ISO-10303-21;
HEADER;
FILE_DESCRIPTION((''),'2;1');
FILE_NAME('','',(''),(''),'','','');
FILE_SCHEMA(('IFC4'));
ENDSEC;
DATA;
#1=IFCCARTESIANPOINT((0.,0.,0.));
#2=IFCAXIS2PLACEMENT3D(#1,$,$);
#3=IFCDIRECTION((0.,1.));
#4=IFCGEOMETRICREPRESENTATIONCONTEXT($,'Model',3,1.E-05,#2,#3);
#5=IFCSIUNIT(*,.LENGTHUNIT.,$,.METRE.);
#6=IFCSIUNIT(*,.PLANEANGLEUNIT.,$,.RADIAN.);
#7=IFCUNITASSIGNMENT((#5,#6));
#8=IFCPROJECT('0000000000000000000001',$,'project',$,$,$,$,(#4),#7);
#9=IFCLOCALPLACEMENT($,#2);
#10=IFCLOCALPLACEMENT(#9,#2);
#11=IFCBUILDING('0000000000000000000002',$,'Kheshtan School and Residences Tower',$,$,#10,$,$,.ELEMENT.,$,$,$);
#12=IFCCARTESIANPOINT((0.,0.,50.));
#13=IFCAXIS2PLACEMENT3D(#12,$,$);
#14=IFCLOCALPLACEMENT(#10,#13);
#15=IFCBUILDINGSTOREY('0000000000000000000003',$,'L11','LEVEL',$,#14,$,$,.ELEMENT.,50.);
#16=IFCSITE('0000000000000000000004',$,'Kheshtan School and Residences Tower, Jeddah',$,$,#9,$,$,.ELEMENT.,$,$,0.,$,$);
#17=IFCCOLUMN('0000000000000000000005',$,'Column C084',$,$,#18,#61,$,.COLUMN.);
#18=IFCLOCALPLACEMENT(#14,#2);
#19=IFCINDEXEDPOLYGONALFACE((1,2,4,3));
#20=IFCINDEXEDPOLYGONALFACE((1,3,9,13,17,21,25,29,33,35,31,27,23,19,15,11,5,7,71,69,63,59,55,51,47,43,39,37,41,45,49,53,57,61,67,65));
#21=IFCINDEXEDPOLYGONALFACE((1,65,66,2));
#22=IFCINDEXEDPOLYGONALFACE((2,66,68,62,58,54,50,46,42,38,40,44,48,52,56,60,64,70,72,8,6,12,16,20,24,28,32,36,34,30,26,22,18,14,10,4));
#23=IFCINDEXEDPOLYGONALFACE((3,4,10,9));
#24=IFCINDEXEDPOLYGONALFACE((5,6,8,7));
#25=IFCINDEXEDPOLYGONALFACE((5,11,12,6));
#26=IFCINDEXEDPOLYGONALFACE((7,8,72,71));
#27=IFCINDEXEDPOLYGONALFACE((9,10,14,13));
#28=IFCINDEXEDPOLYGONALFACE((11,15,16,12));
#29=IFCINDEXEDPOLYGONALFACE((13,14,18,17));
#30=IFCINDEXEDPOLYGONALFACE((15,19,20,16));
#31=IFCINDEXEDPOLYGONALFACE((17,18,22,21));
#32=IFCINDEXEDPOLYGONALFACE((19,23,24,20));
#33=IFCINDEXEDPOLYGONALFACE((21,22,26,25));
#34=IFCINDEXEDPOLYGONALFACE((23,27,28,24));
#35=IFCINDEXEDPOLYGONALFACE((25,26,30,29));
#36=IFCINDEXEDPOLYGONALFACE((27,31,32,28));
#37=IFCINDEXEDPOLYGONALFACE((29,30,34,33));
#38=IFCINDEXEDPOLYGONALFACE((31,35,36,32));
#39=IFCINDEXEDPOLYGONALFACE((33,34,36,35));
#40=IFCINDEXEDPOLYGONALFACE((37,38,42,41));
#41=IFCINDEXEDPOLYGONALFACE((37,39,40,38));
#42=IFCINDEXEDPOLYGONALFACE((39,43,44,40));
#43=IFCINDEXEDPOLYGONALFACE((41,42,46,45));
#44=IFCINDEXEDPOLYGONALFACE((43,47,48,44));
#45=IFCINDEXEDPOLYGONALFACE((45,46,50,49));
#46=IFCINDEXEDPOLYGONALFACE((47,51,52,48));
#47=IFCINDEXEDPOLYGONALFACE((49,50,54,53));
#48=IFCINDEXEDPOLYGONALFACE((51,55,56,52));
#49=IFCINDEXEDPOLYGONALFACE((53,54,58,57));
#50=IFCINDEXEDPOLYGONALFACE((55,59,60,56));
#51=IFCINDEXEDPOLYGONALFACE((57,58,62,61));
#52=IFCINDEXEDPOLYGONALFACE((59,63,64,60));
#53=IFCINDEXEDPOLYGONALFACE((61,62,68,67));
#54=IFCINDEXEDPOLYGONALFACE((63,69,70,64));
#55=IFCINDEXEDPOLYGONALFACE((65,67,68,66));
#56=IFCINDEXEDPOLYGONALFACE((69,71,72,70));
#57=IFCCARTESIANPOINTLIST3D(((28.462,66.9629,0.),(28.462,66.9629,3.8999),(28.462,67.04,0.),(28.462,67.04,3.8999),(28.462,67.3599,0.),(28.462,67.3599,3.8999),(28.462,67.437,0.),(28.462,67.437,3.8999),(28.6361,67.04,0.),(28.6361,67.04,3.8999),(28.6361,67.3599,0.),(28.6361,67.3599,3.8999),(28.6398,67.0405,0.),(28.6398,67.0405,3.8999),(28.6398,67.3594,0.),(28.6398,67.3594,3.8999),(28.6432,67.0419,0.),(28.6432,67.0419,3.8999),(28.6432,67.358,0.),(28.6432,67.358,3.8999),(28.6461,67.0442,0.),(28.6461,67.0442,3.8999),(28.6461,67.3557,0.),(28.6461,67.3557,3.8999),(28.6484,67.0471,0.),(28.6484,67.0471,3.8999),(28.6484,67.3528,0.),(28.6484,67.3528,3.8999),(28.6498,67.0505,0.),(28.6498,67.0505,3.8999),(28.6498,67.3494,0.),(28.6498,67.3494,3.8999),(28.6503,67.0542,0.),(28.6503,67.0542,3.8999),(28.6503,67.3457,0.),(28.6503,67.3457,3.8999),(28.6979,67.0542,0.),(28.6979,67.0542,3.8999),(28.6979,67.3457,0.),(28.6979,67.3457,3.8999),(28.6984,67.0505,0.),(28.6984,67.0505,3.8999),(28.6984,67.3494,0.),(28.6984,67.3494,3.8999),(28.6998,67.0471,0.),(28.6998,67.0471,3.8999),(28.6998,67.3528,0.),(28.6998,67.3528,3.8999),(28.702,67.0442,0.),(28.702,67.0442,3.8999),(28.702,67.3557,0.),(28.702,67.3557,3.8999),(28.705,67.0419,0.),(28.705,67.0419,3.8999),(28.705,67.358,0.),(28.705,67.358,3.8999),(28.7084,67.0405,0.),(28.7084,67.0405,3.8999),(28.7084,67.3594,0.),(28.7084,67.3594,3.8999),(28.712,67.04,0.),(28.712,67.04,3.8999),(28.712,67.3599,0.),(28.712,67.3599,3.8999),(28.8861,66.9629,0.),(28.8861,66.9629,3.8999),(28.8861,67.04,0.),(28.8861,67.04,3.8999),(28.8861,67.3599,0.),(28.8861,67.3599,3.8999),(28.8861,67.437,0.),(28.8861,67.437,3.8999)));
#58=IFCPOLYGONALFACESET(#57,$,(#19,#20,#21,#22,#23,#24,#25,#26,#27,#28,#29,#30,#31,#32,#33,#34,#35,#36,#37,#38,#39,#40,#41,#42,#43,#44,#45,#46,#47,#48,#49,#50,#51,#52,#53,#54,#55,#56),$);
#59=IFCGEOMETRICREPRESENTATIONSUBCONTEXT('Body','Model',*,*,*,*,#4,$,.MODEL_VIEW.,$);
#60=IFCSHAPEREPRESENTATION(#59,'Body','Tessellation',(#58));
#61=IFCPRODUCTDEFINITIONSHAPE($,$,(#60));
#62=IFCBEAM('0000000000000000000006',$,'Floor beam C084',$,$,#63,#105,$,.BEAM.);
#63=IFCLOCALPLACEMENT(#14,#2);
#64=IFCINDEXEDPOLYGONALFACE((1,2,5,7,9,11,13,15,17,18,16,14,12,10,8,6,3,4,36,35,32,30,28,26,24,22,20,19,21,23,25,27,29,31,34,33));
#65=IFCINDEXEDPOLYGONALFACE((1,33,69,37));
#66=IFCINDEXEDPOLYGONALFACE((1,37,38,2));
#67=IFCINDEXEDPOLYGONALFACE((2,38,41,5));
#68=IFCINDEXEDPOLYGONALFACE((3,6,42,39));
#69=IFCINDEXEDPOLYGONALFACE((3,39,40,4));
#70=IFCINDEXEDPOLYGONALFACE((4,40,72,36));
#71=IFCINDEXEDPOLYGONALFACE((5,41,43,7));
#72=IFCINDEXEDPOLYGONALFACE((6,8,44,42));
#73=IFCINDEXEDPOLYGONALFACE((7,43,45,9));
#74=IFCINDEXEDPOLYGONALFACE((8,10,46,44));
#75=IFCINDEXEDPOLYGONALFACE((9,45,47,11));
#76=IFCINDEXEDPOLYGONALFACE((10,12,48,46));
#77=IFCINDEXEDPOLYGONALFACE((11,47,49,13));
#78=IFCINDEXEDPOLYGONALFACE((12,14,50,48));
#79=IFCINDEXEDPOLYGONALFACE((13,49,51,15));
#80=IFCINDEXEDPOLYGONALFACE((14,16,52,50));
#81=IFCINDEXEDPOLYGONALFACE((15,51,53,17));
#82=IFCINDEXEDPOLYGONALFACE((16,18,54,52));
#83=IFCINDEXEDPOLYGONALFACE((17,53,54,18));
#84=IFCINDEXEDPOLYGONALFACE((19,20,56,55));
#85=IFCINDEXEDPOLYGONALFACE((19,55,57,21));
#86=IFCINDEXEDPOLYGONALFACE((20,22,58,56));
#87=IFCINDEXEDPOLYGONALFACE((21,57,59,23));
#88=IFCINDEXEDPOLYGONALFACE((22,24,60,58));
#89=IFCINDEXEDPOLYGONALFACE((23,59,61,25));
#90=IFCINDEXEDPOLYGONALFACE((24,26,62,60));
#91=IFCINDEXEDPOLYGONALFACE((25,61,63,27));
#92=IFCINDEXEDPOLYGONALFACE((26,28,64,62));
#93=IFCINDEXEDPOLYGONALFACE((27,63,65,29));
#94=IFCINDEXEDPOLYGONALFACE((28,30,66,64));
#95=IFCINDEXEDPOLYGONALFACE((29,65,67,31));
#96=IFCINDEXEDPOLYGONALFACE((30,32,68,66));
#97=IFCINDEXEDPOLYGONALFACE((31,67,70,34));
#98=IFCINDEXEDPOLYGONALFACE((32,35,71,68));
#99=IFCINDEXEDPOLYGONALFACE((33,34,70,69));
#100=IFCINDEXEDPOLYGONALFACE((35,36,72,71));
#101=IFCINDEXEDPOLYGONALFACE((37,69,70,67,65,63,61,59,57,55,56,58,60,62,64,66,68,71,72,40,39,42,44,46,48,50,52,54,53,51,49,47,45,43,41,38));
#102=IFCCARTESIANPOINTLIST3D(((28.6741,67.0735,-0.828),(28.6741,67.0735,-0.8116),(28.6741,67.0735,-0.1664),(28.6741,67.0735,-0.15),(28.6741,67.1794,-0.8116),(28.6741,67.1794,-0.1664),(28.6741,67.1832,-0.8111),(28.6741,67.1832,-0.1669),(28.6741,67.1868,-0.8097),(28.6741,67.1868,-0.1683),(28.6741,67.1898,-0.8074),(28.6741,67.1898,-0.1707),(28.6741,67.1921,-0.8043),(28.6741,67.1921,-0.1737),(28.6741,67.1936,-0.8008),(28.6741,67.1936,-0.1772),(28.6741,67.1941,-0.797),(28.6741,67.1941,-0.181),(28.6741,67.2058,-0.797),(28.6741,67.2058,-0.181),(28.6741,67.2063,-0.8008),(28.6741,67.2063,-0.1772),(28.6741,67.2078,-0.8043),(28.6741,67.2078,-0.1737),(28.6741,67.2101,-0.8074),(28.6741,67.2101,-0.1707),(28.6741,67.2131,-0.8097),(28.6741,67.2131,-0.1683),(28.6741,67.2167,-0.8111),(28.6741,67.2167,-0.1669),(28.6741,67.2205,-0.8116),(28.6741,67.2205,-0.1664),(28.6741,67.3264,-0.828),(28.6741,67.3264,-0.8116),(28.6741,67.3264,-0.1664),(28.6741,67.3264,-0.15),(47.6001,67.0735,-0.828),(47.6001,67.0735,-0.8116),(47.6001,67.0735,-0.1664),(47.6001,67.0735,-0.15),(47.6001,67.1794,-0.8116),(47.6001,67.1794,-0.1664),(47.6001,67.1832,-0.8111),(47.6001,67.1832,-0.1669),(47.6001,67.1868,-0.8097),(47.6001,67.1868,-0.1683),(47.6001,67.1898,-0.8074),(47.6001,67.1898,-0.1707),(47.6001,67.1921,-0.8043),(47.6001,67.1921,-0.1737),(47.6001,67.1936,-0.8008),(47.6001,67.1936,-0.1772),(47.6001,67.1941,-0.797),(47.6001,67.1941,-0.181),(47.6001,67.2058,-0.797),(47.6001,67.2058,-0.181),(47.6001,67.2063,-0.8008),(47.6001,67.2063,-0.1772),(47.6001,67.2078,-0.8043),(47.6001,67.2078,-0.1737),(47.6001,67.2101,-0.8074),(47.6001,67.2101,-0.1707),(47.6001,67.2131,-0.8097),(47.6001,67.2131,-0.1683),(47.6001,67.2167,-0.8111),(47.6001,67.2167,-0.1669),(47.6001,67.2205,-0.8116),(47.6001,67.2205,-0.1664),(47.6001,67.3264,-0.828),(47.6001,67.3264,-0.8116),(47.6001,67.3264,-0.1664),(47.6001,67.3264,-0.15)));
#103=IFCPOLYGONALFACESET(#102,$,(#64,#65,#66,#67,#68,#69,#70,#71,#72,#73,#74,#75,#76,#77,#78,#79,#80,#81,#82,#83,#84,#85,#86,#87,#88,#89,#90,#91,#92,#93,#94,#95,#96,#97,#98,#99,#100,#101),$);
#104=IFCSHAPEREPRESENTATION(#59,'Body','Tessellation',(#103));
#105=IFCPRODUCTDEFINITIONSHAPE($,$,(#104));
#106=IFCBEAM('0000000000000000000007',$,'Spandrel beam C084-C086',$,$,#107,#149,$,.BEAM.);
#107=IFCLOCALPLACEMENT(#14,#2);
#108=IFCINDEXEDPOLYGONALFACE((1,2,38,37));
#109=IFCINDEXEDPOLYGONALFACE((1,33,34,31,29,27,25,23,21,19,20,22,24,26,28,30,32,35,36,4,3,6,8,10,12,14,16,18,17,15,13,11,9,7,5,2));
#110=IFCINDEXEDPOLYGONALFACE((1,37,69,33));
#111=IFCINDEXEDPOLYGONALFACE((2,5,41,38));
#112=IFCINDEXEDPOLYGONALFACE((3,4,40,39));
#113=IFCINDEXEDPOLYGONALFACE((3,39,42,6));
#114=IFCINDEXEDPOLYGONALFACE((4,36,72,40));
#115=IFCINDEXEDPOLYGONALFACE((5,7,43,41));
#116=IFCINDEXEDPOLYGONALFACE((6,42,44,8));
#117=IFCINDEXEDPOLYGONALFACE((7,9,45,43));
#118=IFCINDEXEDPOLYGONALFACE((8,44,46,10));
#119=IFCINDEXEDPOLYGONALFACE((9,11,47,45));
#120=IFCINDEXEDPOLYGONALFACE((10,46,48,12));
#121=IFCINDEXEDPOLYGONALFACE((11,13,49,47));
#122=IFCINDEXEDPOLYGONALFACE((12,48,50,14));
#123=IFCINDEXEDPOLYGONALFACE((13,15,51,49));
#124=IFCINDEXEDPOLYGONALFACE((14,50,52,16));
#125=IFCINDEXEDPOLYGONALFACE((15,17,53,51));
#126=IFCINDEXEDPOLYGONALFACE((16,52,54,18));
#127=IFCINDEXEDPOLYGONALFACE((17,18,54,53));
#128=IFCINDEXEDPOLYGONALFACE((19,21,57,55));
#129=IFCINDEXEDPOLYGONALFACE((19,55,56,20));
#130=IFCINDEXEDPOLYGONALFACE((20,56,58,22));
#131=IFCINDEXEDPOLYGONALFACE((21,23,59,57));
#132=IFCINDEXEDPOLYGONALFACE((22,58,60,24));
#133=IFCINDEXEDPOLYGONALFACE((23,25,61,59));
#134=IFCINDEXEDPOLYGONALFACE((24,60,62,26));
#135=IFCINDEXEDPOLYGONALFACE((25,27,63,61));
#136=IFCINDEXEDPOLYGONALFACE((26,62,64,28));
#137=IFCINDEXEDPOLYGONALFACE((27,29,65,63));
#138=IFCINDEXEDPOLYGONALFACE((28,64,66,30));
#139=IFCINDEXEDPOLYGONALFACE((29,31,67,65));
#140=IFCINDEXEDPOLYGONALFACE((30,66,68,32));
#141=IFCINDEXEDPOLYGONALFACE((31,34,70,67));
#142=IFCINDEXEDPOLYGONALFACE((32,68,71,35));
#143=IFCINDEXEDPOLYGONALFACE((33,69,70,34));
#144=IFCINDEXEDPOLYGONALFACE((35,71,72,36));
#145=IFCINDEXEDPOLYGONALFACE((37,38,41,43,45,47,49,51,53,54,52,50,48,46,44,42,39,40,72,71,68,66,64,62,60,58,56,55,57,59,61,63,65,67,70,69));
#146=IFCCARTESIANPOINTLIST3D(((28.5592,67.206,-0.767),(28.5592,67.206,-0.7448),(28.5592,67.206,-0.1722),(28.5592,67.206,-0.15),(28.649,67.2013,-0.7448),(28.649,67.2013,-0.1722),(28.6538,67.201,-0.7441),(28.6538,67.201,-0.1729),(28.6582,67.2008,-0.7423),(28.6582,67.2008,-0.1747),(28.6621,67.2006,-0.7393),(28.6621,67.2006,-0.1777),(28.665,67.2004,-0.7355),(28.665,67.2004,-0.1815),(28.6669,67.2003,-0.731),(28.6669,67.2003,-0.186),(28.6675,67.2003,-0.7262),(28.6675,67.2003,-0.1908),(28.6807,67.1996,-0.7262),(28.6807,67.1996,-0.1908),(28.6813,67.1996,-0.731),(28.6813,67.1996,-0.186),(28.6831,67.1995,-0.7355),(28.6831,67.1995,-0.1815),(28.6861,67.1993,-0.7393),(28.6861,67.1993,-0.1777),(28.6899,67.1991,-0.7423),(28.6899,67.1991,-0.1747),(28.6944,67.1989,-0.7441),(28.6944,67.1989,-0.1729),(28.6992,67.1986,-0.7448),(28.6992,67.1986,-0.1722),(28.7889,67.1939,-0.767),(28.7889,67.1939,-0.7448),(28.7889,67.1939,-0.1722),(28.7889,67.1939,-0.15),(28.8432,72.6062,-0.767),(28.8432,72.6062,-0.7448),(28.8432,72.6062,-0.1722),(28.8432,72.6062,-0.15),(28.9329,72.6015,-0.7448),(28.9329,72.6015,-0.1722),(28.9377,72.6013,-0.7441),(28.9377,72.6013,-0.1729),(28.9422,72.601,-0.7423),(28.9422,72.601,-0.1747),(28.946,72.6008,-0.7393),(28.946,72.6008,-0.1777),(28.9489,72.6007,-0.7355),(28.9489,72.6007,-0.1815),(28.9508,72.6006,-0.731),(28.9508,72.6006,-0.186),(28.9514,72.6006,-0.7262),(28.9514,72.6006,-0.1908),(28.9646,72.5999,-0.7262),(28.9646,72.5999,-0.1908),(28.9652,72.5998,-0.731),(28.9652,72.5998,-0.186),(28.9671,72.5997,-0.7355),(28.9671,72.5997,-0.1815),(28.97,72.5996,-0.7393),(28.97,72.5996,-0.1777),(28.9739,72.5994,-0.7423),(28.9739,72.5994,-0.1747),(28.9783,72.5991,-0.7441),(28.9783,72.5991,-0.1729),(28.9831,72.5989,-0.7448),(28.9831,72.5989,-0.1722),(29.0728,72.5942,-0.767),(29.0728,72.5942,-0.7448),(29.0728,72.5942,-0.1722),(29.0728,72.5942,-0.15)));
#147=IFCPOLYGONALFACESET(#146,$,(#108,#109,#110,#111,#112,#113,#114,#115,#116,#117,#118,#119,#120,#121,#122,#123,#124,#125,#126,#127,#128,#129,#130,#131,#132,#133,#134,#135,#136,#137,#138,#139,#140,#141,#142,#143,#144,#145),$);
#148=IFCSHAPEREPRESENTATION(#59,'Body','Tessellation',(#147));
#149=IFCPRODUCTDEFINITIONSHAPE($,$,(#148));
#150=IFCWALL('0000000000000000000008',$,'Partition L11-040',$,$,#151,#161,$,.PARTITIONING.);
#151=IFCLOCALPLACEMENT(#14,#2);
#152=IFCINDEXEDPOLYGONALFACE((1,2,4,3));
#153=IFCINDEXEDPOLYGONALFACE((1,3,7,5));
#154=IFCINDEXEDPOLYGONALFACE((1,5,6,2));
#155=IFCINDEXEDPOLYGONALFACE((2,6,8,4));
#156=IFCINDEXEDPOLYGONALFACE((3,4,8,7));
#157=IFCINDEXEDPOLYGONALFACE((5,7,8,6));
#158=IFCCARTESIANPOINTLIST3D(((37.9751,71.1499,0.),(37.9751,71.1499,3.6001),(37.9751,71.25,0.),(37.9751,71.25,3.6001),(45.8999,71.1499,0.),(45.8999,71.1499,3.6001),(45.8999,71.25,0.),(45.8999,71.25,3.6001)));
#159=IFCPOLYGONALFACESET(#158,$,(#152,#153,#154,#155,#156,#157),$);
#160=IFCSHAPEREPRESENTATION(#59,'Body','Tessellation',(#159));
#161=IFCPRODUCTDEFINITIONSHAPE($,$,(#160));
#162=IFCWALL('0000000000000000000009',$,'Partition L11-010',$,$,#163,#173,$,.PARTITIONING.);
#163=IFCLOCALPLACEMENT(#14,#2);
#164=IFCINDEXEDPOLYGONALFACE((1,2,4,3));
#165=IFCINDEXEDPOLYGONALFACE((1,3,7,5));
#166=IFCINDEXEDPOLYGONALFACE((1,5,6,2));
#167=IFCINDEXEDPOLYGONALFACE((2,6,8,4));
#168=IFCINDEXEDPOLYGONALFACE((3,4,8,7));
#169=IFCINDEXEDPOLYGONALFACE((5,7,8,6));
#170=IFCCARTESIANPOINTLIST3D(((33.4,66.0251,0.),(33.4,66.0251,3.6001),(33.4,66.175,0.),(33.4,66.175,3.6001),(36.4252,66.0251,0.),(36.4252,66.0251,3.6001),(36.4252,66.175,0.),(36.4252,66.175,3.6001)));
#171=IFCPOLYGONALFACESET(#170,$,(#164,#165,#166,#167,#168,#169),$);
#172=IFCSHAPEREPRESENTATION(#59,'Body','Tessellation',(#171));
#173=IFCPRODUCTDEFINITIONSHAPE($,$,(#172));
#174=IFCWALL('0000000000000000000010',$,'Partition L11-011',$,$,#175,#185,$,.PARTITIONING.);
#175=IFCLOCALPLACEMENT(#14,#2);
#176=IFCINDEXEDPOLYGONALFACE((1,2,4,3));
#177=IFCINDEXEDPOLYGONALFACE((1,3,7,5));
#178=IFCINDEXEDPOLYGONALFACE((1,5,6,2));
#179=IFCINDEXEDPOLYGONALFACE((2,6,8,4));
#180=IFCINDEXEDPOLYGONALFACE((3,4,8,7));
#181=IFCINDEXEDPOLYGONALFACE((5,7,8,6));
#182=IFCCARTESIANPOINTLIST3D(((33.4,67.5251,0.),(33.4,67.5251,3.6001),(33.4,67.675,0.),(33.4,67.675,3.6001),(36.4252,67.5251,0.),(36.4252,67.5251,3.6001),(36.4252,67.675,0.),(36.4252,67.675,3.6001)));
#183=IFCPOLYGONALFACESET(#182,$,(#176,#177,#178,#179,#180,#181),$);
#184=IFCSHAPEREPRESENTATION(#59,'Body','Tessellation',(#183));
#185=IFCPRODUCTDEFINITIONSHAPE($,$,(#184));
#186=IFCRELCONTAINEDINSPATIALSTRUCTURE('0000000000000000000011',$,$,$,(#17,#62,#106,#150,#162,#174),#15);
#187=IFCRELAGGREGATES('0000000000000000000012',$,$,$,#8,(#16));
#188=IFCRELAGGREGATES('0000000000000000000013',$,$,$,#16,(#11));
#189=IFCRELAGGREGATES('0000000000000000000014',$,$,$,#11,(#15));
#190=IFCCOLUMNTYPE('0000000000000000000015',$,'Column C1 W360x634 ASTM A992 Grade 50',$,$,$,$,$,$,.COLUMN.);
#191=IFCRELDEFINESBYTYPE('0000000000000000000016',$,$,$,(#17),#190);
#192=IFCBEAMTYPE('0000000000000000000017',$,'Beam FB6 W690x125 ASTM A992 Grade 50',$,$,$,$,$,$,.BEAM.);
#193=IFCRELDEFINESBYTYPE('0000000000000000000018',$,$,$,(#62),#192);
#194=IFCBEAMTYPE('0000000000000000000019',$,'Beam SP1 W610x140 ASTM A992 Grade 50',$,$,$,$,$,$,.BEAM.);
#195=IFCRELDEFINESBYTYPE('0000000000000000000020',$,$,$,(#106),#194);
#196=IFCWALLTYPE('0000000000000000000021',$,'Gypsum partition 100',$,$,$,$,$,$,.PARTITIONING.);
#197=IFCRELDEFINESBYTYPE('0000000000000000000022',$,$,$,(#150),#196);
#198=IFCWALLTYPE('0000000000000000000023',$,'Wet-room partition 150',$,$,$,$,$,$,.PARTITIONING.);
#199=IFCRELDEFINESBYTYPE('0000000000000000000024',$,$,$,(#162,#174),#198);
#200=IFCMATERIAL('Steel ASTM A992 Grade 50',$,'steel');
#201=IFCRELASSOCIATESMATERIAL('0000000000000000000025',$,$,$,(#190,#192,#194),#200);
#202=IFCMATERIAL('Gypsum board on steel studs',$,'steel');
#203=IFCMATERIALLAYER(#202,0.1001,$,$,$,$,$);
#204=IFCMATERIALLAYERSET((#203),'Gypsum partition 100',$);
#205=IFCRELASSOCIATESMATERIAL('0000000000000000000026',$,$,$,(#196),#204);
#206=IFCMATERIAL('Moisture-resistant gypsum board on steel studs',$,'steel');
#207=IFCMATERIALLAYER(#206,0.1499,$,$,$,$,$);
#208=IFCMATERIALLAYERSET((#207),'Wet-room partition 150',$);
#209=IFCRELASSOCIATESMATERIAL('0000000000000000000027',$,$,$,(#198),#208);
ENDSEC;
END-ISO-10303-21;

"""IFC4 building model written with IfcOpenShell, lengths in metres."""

from ifc_helpers import new_model, si_unit, direction, frame, frame_2d, origin, origin_2d, place, context, subcontext, project, spatial, rectangle, i_section, extrude, material, layer, layer_set, material_profile, profile_set, type_object, element, save


model = new_model("IFC4")

# Units and contexts
model_context = context("Model", 3, precision=1e-05, world=origin(), true_north=direction((0.0, 1.0)))
body_context = subcontext(model_context, "Body", "Model", "MODEL_VIEW")
ifc_project = project(units=[si_unit("LENGTHUNIT", "METRE"), si_unit("PLANEANGLEUNIT", "RADIAN")], contexts=[model_context])

# Site, building, storey
site_placement = place(None, origin())
site = spatial("IfcSite", under=ifc_project, at=site_placement, Name="Kheshtan School and Residences Tower, Jeddah", CompositionType="ELEMENT", RefElevation=0.0)
building_placement = place(site_placement, origin())
building = spatial("IfcBuilding", under=site, at=building_placement, Name="Kheshtan School and Residences Tower", CompositionType="ELEMENT")
storey_placement = place(building_placement, frame((0.0, 0.0, 50.0)))
storey = spatial("IfcBuildingStorey", under=building, at=storey_placement, Name="L11", Description="LEVEL", CompositionType="ELEMENT", Elevation=50.0)

# Column
ifc_material_1 = material(Name="Steel ASTM A992 Grade 50", Category="steel")
ifc_material_profile_1 = material_profile(ifc_material_1, i_section(OverallWidth=0.4241, OverallDepth=0.4741, WebThickness=0.0476, FlangeThickness=0.0771, FilletRadius=0.0142, at=origin_2d()), Name="W360x634")
ifc_profile_set_1 = profile_set([ifc_material_profile_1], Name="Steel ASTM A992 Grade 50")
column_type = type_object("IfcColumnType", Name="Column C1 W360x634 ASTM A992 Grade 50", PredefinedType="COLUMN", material=ifc_profile_set_1)
column_placement = place(storey_placement, frame((28.6741, 67.2, 0.0), z_axis=(0.0, 0.0, 1.0), x_axis=(1.0, 0.0, 0.0)))
element("IfcColumn", 1, at=column_placement, inside=storey, type_object=column_type, Name="Column C084", PredefinedType="COLUMN", context=body_context, shape_type="SweptSolid", body=[
    extrude(i_section(OverallWidth=0.4241, OverallDepth=0.4741, WebThickness=0.0476, FlangeThickness=0.0771, FilletRadius=0.0142, at=origin_2d()), origin(), (0.0, 0.0, 1.0), 3.8999),
])

# Beams
ifc_material_profile_2 = material_profile(ifc_material_1, i_section(OverallWidth=0.2529, OverallDepth=0.678, WebThickness=0.0117, FlangeThickness=0.0164, FilletRadius=0.0146, at=origin_2d()), Name="W690x125")
ifc_profile_set_2 = profile_set([ifc_material_profile_2], Name="Steel ASTM A992 Grade 50")
beam_type_1 = type_object("IfcBeamType", Name="Beam FB6 W690x125 ASTM A992 Grade 50", PredefinedType="BEAM", material=ifc_profile_set_2)
beam_1_placement = place(storey_placement, frame((28.6741, 67.2, -0.489), z_axis=(1.0, 0.0, 0.0), x_axis=(0.0, 1.0, 0.0)))
element("IfcBeam", 2, at=beam_1_placement, inside=storey, type_object=beam_type_1, Name="Floor beam C084", PredefinedType="BEAM", context=body_context, shape_type="SweptSolid", body=[
    extrude(i_section(OverallWidth=0.2529, OverallDepth=0.678, WebThickness=0.0117, FlangeThickness=0.0164, FilletRadius=0.0146, at=origin_2d()), origin(), (0.0, 0.0, 1.0), 18.926),
])
ifc_material_profile_3 = material_profile(ifc_material_1, i_section(OverallWidth=0.23, OverallDepth=0.6169, WebThickness=0.0132, FlangeThickness=0.0222, FilletRadius=0.0186, at=origin_2d()), Name="W610x140")
ifc_profile_set_3 = profile_set([ifc_material_profile_3], Name="Steel ASTM A992 Grade 50")
beam_type_2 = type_object("IfcBeamType", Name="Beam SP1 W610x140 ASTM A992 Grade 50", PredefinedType="BEAM", material=ifc_profile_set_3)
beam_2_placement = place(storey_placement, frame((28.6741, 67.2, -0.4585), z_axis=(0.052507, 0.998621, 0.0), x_axis=(-0.998621, 0.052507, 0.0)))
element("IfcBeam", 3, at=beam_2_placement, inside=storey, type_object=beam_type_2, Name="Spandrel beam C084-C086", PredefinedType="BEAM", context=body_context, shape_type="SweptSolid", body=[
    extrude(i_section(OverallWidth=0.23, OverallDepth=0.6169, WebThickness=0.0132, FlangeThickness=0.0222, FilletRadius=0.0186, at=origin_2d()), origin(), (0.0, 0.0, 1.0), 5.4077),
])

# Walls
ifc_material_2 = material(Name="Gypsum board on steel studs", Category="steel")
ifc_layer_1 = layer(ifc_material_2, 0.1001)
ifc_layer_set_1 = layer_set([ifc_layer_1], Name="Gypsum partition 100")
wall_type_1 = type_object("IfcWallType", Name="Gypsum partition 100", PredefinedType="PARTITIONING", material=ifc_layer_set_1)
wall_1_placement = place(storey_placement, frame((37.9751, 71.2, 0.0), z_axis=(0.0, 0.0, 1.0), x_axis=(1.0, 0.0, 0.0)))
element("IfcWall", 4, at=wall_1_placement, inside=storey, type_object=wall_type_1, Name="Partition L11-040", PredefinedType="PARTITIONING", context=body_context, shape_type="SweptSolid", body=[
    extrude(rectangle(XDim=7.9248, YDim=0.1001, at=frame_2d((3.9624, 0.0))), origin(), (0.0, 0.0, 1.0), 3.6001),
])
ifc_material_3 = material(Name="Moisture-resistant gypsum board on steel studs", Category="steel")
ifc_layer_2 = layer(ifc_material_3, 0.1499)
ifc_layer_set_2 = layer_set([ifc_layer_2], Name="Wet-room partition 150")
wall_type_2 = type_object("IfcWallType", Name="Wet-room partition 150", PredefinedType="PARTITIONING", material=ifc_layer_set_2)
for number, where, z_axis, x_axis, name in (
    (5, (33.3999, 66.1001, 0.0), (0.0, 0.0, 1.0), (1.0, 0.0, 0.0), "Partition L11-010"),
    (6, (33.3999, 67.6001, 0.0), (0.0, 0.0, 1.0), (1.0, 0.0, 0.0), "Partition L11-011"),
):
    element("IfcWall", number, at=place(storey_placement, frame(where, z_axis=z_axis, x_axis=x_axis)), inside=storey, type_object=wall_type_2, Name=name, PredefinedType="PARTITIONING", context=body_context, shape_type="SweptSolid", body=[
        extrude(rectangle(XDim=3.0251, YDim=0.1499, at=frame_2d((1.5127, 0.0))), origin(), (0.0, 0.0, 1.0), 3.6001),
    ])

save(model, "model.ifc")
